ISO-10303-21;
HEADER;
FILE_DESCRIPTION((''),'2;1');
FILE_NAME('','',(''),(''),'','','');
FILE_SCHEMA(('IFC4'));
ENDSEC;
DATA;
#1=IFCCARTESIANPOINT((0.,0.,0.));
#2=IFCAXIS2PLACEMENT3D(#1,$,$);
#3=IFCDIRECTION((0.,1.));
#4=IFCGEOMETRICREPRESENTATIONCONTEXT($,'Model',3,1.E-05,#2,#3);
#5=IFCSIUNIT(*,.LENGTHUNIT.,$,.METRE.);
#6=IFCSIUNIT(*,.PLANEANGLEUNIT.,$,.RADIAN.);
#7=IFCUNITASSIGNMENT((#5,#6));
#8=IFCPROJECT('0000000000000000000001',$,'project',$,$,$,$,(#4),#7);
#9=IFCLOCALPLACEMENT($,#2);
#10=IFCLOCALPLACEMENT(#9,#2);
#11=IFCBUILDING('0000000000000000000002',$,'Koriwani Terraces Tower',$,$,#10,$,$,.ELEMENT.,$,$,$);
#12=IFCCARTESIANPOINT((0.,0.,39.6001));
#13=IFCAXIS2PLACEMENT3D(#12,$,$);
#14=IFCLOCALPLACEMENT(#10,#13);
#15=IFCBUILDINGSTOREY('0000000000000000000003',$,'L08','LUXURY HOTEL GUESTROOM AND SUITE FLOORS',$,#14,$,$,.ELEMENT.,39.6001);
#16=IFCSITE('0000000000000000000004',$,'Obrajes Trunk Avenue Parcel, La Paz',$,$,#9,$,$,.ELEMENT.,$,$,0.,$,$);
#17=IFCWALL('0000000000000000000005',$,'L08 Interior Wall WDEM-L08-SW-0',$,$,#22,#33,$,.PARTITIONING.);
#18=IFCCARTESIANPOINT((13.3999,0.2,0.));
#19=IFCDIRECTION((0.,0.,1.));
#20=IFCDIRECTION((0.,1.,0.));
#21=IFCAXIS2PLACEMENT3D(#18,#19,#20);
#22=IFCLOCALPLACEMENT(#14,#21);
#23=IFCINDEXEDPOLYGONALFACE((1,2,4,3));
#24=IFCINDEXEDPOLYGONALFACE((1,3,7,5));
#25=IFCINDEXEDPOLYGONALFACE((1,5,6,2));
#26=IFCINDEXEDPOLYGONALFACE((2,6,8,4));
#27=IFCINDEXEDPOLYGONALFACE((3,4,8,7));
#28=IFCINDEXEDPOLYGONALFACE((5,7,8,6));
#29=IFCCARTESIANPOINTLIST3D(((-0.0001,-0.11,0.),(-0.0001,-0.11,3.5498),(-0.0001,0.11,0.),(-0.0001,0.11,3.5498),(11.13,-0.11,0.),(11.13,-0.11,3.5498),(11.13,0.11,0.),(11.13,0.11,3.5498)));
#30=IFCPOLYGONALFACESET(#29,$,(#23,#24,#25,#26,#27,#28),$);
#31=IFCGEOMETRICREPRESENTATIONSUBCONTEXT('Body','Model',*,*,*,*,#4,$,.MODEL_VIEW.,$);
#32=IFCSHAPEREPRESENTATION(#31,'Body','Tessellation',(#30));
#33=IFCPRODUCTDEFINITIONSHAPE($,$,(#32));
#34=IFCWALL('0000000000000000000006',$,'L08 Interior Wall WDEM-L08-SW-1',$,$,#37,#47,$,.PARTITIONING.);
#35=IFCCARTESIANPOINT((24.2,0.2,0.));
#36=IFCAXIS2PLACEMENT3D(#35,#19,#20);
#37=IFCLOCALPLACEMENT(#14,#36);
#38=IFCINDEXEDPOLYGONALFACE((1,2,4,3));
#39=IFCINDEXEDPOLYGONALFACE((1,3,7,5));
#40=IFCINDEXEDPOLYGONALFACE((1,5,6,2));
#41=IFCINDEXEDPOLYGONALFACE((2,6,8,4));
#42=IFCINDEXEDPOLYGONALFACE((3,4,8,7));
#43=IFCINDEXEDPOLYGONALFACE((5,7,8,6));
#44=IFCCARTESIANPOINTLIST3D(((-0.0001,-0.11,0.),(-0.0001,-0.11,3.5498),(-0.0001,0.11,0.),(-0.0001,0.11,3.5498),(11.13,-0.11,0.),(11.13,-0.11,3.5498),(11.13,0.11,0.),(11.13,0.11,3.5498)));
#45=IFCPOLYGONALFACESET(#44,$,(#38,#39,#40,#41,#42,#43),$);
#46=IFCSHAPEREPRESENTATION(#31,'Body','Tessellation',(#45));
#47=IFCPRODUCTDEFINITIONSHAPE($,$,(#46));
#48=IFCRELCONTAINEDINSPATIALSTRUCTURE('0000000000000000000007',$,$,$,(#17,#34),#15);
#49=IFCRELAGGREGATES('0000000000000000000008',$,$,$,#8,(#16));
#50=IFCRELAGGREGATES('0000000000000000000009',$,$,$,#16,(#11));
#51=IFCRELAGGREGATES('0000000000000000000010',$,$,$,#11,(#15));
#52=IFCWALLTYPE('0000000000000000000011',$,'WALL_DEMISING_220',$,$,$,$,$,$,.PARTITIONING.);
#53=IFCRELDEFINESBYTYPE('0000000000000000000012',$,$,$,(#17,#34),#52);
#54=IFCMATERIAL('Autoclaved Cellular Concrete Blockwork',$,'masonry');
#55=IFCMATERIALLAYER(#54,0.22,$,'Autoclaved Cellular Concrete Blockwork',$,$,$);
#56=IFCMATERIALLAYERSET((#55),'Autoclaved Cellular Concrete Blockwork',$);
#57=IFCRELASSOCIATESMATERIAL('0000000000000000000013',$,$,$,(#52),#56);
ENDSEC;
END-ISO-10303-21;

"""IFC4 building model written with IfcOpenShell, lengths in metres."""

from ifc_helpers import new_model, si_unit, direction, frame, frame_2d, origin, place, context, subcontext, project, spatial, rectangle, extrude, material, layer, layer_set, type_object, element, save


model = new_model("IFC4")

# Units and contexts
model_context = context("Model", 3, precision=1e-05, world=origin(), true_north=direction((0.0, 1.0)))
body_context = subcontext(model_context, "Body", "Model", "MODEL_VIEW")
ifc_project = project(units=[si_unit("LENGTHUNIT", "METRE"), si_unit("PLANEANGLEUNIT", "RADIAN")], contexts=[model_context])

# Site, building, storey
site_placement = place(None, origin())
site = spatial("IfcSite", under=ifc_project, at=site_placement, Name="Obrajes Trunk Avenue Parcel, La Paz", CompositionType="ELEMENT", RefElevation=0.0)
building_placement = place(site_placement, origin())
building = spatial("IfcBuilding", under=site, at=building_placement, Name="Koriwani Terraces Tower", CompositionType="ELEMENT")
storey_placement = place(building_placement, frame((0.0, 0.0, 39.6001)))
storey = spatial("IfcBuildingStorey", under=building, at=storey_placement, Name="L08", Description="LUXURY HOTEL GUESTROOM AND SUITE FLOORS", CompositionType="ELEMENT", Elevation=39.6001)

# Shared definitions
ifc_material_1 = material(Name="Autoclaved Cellular Concrete Blockwork", Category="masonry")

# Walls
ifc_layer_1 = layer(ifc_material_1, 0.22, Name="Autoclaved Cellular Concrete Blockwork")
ifc_layer_set_1 = layer_set([ifc_layer_1], Name="Autoclaved Cellular Concrete Blockwork")
wall_type_1 = type_object("IfcWallType", Name="WALL_DEMISING_220", PredefinedType="PARTITIONING", material=ifc_layer_set_1)
for number, where, z_axis, x_axis, name in (
    (1, (13.3999, 0.2, 0.0), (0.0, 0.0, 1.0), (0.0, 1.0, 0.0), "L08 Interior Wall WDEM-L08-SW-0"),
    (2, (24.2, 0.2, 0.0), (0.0, 0.0, 1.0), (0.0, 1.0, 0.0), "L08 Interior Wall WDEM-L08-SW-1"),
):
    element("IfcWall", number, at=place(storey_placement, frame(where, z_axis=z_axis, x_axis=x_axis)), inside=storey, type_object=wall_type_1, Name=name, PredefinedType="PARTITIONING", context=body_context, shape_type="SweptSolid", body=[
        extrude(rectangle(XDim=11.1301, YDim=0.22, at=frame_2d((5.5649, 0.0))), origin(), (0.0, 0.0, 1.0), 3.5498),
    ])

save(model, "model.ifc")
